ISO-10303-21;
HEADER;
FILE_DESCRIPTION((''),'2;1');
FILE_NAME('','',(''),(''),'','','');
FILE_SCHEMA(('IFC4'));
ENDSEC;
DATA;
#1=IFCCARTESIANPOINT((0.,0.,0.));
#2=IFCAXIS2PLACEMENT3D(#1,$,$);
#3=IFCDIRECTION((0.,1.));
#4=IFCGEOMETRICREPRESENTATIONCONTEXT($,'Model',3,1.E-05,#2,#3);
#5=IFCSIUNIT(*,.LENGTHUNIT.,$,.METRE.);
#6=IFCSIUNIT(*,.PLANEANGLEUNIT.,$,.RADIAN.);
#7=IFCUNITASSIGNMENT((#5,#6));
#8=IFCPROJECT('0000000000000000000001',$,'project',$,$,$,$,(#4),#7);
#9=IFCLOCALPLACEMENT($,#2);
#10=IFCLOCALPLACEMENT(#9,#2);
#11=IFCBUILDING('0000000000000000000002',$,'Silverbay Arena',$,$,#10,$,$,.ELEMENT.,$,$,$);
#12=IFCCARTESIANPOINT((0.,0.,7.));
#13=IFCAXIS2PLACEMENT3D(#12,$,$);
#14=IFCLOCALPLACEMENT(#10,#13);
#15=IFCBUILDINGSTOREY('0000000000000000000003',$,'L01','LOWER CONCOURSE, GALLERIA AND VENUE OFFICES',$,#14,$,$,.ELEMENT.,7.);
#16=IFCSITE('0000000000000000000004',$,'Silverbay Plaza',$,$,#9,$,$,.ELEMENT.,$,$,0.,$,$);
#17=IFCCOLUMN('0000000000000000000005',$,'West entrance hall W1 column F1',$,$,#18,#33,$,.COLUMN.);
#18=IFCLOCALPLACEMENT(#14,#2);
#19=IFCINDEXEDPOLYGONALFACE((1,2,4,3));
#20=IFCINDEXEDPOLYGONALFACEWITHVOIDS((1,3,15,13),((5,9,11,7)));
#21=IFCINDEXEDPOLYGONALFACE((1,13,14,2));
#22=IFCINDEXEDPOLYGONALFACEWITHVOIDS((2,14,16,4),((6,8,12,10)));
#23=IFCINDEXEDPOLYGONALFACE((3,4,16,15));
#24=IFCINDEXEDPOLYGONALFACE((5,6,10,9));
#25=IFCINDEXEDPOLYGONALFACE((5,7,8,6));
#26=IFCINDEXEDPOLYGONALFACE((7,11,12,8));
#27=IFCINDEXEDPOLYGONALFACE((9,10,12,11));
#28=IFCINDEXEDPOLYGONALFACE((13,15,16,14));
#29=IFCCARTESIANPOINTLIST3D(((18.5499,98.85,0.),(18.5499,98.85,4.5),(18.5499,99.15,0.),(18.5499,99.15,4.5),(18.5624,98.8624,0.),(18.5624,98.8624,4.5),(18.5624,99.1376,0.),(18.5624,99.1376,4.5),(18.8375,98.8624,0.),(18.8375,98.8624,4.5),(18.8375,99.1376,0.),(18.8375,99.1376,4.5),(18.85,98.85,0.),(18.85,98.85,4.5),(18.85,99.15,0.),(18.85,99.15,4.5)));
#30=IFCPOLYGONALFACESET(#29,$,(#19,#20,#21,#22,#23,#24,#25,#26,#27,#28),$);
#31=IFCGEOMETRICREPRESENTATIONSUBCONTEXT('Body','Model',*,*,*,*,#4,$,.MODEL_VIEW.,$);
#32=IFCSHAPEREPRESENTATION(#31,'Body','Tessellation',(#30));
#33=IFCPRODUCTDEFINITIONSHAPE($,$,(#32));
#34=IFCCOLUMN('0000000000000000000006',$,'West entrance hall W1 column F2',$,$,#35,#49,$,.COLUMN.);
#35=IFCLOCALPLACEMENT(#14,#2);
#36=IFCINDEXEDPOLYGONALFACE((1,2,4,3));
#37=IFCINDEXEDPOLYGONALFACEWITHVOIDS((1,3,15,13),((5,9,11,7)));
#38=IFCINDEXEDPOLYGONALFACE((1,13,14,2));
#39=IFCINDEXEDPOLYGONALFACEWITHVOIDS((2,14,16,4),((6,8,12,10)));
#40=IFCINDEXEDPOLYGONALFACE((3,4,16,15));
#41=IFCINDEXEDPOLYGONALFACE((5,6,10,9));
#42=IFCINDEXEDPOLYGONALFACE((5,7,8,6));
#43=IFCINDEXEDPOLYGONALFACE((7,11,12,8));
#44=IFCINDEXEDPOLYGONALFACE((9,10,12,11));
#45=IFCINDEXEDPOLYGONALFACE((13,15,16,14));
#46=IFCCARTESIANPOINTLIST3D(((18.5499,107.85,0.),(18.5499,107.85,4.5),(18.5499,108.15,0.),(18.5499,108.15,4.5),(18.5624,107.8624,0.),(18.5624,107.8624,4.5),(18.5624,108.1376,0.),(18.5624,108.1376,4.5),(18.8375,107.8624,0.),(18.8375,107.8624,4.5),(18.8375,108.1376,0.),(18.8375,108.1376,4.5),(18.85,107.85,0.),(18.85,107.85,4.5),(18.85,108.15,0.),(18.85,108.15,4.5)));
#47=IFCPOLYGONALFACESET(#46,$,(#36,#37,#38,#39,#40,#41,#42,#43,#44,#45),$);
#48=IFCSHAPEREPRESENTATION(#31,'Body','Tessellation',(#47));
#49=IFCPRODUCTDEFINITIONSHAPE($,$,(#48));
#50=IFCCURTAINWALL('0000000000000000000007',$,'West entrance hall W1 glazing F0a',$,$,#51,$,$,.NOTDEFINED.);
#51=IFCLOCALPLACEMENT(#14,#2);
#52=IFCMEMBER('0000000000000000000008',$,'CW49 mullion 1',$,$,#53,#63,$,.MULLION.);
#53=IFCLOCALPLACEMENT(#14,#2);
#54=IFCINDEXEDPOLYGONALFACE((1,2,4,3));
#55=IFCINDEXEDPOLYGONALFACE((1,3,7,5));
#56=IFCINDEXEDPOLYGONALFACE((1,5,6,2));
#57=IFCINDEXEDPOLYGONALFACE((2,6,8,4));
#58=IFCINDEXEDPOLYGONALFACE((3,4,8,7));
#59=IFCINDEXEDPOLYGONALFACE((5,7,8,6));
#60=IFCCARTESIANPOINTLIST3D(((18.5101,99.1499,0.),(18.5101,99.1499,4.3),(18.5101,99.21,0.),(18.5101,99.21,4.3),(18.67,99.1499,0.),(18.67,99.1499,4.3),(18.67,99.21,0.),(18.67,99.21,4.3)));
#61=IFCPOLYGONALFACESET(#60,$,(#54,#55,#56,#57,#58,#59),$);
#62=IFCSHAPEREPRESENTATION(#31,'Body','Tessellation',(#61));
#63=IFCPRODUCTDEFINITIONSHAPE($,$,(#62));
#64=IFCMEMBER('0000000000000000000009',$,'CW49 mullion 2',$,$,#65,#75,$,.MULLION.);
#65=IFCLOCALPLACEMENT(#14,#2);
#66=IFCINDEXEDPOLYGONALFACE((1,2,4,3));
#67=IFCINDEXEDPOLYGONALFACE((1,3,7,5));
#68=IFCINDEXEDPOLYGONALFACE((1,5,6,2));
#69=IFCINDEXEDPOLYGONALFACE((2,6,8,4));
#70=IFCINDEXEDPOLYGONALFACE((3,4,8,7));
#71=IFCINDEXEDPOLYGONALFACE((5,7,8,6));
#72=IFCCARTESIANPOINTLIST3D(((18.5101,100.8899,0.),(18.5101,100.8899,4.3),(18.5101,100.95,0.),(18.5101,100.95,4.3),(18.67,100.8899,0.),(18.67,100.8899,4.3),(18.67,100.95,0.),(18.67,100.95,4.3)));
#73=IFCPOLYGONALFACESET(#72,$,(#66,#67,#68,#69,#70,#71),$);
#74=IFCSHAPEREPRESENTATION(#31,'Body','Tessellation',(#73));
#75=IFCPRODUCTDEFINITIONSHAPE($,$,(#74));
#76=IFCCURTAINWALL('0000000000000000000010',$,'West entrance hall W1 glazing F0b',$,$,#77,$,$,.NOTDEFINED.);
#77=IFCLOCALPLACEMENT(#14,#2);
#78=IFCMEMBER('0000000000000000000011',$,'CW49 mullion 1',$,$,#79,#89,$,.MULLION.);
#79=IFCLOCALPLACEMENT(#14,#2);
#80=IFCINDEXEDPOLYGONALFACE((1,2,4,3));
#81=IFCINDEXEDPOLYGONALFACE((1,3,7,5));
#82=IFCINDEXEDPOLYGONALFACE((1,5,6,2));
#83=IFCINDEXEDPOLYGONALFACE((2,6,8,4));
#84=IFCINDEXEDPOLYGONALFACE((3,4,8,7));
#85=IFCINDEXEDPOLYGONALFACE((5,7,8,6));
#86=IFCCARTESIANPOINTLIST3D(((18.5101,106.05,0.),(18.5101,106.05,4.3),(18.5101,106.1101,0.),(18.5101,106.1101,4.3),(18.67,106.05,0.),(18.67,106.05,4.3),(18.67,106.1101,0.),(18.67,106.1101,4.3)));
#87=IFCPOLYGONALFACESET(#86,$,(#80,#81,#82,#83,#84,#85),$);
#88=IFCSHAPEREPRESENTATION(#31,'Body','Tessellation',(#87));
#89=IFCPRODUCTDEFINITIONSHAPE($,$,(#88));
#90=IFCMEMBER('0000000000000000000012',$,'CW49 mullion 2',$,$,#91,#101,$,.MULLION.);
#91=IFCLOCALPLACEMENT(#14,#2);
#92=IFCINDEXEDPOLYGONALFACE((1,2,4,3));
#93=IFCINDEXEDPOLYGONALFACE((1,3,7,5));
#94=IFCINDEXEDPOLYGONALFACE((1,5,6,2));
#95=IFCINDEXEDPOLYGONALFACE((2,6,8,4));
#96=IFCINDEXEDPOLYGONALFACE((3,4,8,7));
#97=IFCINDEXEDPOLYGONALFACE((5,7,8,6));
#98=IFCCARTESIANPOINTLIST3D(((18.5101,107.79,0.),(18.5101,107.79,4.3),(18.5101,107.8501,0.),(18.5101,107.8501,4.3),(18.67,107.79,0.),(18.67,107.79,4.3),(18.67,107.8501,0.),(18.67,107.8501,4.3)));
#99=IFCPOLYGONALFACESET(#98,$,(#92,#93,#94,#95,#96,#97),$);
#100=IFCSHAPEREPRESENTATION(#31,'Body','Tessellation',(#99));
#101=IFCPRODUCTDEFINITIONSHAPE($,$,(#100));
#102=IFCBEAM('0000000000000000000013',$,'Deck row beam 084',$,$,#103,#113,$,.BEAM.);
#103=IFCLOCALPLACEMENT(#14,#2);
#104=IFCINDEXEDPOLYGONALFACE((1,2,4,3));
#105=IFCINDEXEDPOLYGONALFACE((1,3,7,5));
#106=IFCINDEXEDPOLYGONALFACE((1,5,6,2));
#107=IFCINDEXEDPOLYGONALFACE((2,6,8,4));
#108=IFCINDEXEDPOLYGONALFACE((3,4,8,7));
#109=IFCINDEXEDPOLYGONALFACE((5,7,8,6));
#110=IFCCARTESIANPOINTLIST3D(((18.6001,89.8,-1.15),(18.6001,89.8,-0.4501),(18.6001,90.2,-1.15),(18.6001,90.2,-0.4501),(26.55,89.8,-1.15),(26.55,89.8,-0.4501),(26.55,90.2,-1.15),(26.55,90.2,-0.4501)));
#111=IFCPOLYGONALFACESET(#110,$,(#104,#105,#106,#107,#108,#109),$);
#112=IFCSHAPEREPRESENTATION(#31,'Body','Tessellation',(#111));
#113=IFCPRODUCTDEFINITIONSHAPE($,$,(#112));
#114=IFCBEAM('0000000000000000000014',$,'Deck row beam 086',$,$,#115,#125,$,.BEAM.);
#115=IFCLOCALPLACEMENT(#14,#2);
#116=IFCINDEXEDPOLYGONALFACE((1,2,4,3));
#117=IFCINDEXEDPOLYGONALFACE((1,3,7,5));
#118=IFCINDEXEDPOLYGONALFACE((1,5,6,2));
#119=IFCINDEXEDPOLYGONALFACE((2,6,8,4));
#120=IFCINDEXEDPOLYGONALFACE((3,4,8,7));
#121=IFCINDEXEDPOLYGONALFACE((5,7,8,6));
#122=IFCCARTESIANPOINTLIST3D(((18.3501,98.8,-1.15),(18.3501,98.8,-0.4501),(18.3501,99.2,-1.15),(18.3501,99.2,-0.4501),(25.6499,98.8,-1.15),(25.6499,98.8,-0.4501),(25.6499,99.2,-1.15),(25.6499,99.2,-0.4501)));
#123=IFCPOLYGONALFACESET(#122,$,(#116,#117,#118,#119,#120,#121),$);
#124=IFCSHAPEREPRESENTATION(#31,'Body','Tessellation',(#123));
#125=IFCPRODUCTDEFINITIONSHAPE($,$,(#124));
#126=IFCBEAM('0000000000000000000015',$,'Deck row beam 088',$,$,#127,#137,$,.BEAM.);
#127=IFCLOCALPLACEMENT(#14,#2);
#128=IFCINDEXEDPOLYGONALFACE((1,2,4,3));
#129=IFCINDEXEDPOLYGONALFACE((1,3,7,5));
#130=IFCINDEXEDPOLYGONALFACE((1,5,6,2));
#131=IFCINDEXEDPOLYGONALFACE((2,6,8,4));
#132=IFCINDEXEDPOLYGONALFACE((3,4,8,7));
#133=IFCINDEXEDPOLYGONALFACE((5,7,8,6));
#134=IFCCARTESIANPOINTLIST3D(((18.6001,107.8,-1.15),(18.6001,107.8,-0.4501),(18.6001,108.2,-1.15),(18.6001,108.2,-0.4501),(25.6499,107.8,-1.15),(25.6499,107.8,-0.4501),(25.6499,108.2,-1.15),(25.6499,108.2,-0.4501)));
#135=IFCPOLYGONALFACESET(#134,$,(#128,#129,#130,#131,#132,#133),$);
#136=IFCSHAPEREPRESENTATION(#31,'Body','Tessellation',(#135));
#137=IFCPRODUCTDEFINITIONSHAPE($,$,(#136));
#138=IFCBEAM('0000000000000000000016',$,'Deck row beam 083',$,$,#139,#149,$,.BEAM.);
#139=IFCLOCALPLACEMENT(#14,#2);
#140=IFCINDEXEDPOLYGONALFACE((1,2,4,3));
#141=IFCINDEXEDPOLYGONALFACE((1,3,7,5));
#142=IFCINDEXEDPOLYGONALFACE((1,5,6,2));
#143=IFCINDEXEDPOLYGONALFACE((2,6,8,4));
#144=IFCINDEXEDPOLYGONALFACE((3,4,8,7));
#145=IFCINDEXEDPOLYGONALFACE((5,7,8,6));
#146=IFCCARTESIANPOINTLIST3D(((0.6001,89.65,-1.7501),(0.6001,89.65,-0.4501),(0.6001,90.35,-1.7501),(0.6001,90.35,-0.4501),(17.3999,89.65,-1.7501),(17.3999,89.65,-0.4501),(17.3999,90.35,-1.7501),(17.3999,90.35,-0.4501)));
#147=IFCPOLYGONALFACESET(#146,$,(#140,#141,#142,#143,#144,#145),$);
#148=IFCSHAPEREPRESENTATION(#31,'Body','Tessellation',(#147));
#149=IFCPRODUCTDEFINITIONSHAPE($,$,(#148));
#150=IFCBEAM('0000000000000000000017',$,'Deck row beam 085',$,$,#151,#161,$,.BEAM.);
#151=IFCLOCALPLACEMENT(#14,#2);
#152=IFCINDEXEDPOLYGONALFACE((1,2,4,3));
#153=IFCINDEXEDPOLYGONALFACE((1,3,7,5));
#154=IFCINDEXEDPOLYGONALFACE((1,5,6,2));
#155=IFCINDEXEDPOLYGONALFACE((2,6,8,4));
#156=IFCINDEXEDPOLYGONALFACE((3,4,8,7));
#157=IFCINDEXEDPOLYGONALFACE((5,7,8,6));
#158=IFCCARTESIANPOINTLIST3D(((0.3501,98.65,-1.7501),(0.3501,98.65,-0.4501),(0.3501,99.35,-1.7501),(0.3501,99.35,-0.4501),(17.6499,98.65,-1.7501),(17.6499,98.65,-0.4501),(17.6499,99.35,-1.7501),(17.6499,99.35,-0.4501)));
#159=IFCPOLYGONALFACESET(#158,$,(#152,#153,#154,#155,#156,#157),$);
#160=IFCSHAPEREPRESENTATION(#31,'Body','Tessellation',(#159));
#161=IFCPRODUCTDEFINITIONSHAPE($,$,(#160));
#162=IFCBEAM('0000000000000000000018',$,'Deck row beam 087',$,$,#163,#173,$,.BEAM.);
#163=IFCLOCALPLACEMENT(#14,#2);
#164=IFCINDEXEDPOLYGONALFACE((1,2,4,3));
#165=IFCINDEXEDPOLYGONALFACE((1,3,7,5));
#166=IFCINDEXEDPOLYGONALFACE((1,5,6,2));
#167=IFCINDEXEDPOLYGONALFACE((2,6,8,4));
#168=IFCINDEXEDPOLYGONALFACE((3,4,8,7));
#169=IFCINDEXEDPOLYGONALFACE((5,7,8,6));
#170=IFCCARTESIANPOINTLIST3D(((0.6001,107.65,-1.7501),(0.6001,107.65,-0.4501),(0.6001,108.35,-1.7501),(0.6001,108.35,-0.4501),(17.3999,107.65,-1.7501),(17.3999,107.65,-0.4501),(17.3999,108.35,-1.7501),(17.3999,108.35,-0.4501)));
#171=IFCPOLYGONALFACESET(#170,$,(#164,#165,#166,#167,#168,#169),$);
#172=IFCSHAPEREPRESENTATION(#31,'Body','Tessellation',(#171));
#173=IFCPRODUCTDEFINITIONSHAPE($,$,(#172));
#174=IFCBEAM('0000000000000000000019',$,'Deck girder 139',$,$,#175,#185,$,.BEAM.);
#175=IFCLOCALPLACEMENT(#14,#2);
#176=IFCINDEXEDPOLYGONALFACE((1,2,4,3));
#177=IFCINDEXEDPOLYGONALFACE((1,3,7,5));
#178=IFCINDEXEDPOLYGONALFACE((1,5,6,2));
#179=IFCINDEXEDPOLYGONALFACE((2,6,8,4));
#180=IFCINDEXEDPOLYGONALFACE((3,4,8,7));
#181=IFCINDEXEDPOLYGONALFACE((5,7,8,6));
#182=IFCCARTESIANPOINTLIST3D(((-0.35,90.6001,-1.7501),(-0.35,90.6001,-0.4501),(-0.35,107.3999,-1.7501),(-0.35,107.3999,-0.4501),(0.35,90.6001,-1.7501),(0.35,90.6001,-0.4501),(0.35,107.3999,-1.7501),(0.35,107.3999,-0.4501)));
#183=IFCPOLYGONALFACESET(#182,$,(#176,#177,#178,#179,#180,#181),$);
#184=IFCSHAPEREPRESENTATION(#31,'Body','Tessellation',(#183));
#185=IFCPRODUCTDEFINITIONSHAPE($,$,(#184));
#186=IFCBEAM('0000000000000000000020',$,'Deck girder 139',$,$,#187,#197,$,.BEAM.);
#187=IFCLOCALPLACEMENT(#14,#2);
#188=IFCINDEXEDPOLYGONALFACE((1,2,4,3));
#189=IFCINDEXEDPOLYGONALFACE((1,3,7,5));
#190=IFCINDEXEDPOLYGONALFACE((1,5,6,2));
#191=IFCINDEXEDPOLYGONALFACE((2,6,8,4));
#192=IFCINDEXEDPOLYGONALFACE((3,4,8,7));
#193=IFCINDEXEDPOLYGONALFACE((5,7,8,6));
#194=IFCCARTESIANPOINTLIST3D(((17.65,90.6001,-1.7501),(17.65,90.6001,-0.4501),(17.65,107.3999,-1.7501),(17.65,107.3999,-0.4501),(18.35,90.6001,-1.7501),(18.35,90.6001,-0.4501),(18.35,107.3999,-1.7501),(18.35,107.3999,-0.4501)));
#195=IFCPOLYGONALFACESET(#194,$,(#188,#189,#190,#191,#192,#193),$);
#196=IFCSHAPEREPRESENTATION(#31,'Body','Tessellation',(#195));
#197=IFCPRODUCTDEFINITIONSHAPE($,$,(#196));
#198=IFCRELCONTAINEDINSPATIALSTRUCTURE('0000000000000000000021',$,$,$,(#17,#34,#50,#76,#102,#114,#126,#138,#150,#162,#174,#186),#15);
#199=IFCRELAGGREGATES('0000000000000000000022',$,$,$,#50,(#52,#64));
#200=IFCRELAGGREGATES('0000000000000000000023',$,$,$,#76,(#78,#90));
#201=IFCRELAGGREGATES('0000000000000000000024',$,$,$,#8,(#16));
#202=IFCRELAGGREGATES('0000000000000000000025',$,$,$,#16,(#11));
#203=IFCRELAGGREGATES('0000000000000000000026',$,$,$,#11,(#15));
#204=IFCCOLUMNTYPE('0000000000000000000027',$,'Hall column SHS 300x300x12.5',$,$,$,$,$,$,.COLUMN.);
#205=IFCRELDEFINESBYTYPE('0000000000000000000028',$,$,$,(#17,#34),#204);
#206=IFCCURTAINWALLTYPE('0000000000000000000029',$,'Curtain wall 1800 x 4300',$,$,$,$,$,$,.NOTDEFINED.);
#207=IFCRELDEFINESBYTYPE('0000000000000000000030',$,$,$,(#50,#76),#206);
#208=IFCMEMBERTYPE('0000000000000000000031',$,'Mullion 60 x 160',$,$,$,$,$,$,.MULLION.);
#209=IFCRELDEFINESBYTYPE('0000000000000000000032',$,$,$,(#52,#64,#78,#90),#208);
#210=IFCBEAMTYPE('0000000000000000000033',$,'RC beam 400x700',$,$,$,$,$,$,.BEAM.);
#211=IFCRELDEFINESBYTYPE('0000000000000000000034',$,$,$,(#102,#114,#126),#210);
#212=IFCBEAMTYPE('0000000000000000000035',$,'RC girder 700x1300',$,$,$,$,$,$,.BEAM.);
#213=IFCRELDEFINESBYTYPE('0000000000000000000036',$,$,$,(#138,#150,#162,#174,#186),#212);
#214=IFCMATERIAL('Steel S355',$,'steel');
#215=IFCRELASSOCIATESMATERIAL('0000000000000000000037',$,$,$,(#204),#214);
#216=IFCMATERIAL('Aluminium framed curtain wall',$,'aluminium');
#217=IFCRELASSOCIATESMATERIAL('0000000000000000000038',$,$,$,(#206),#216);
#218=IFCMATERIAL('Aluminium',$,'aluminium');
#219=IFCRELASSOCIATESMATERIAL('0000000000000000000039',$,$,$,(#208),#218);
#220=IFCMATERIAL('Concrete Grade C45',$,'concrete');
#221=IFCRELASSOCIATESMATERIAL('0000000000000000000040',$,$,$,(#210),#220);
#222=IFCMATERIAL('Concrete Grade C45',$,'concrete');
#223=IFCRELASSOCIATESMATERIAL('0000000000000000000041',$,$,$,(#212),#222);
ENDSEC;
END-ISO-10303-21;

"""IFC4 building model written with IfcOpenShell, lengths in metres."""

from ifc_helpers import new_model, si_unit, direction, frame, origin, origin_2d, place, context, subcontext, project, spatial, rectangle, hollow_rectangle, extrude, material, material_profile, profile_set, type_object, element, aggregate, save


model = new_model("IFC4")

# Units and contexts
model_context = context("Model", 3, precision=1e-05, world=origin(), true_north=direction((0.0, 1.0)))
body_context = subcontext(model_context, "Body", "Model", "MODEL_VIEW")
ifc_project = project(units=[si_unit("LENGTHUNIT", "METRE"), si_unit("PLANEANGLEUNIT", "RADIAN")], contexts=[model_context])

# Site, building, storey
site_placement = place(None, origin())
site = spatial("IfcSite", under=ifc_project, at=site_placement, Name="Silverbay Plaza", CompositionType="ELEMENT", RefElevation=0.0)
building_placement = place(site_placement, origin())
building = spatial("IfcBuilding", under=site, at=building_placement, Name="Silverbay Arena", CompositionType="ELEMENT")
storey_placement = place(building_placement, frame((0.0, 0.0, 7.0)))
storey = spatial("IfcBuildingStorey", under=building, at=storey_placement, Name="L01", Description="LOWER CONCOURSE, GALLERIA AND VENUE OFFICES", CompositionType="ELEMENT", Elevation=7.0)

# Columns
ifc_material_1 = material(Name="Steel S355", Category="steel")
ifc_material_profile_1 = material_profile(ifc_material_1, hollow_rectangle(XDim=0.3, YDim=0.3, WallThickness=0.0125, at=origin_2d()), Name="SHS 300x300x12.5")
ifc_profile_set_1 = profile_set([ifc_material_profile_1], Name="Steel S355")
column_type = type_object("IfcColumnType", Name="Hall column SHS 300x300x12.5", PredefinedType="COLUMN", material=ifc_profile_set_1)
for number, where, z_axis, x_axis, name in (
    (1, (18.7, 99.0, 0.0), (0.0, 0.0, 1.0), (1.0, 0.0, 0.0), "West entrance hall W1 column F1"),
    (2, (18.7, 108.0, 0.0), (0.0, 0.0, 1.0), (1.0, 0.0, 0.0), "West entrance hall W1 column F2"),
):
    element("IfcColumn", number, at=place(storey_placement, frame(where, z_axis=z_axis, x_axis=x_axis)), inside=storey, type_object=column_type, Name=name, PredefinedType="COLUMN", context=body_context, shape_type="SweptSolid", body=[
        extrude(hollow_rectangle(XDim=0.3, YDim=0.3, WallThickness=0.0125, at=origin_2d()), origin(), (0.0, 0.0, 1.0), 4.5),
    ])

# Curtain walls, members
ifc_material_2 = material(Name="Aluminium framed curtain wall", Category="aluminium")
curtain_wall_type = type_object("IfcCurtainWallType", Name="Curtain wall 1800 x 4300", PredefinedType="NOTDEFINED", material=ifc_material_2)
curtain_wall_1_placement = place(storey_placement, origin())
curtain_wall_1 = element("IfcCurtainWall", 3, at=curtain_wall_1_placement, inside=storey, type_object=curtain_wall_type, Name="West entrance hall W1 glazing F0a", PredefinedType="NOTDEFINED")
ifc_material_3 = material(Name="Aluminium", Category="aluminium")
ifc_material_profile_2 = material_profile(ifc_material_3, rectangle(XDim=0.1599, YDim=0.0601, at=origin_2d()), Name="Mullion 60 x 160")
ifc_profile_set_2 = profile_set([ifc_material_profile_2], Name="Aluminium")
member_type_1 = type_object("IfcMemberType", Name="Mullion 60 x 160", PredefinedType="MULLION", material=ifc_profile_set_2)
member_1_placement = place(storey_placement, frame((18.5901, 99.1799, 0.0), z_axis=(0.0, 0.0, 1.0), x_axis=(-1.0, 0.0, 0.0)))
member_1 = element("IfcMember", 4, at=member_1_placement, type_object=member_type_1, Name="CW49 mullion 1", PredefinedType="MULLION", context=body_context, shape_type="SweptSolid", body=[
    extrude(rectangle(XDim=0.1599, YDim=0.0601, at=origin_2d()), origin(), (0.0, 0.0, 1.0), 4.3),
])
member_2_placement = place(storey_placement, frame((18.5901, 100.9199, 0.0), z_axis=(0.0, 0.0, 1.0), x_axis=(-1.0, 0.0, 0.0)))
member_2 = element("IfcMember", 5, at=member_2_placement, type_object=member_type_1, Name="CW49 mullion 2", PredefinedType="MULLION", context=body_context, shape_type="SweptSolid", body=[
    extrude(rectangle(XDim=0.1599, YDim=0.0601, at=origin_2d()), origin(), (0.0, 0.0, 1.0), 4.3),
])
curtain_wall_2_placement = place(storey_placement, origin())
curtain_wall_2 = element("IfcCurtainWall", 6, at=curtain_wall_2_placement, inside=storey, type_object=curtain_wall_type, Name="West entrance hall W1 glazing F0b", PredefinedType="NOTDEFINED")
member_3_placement = place(storey_placement, frame((18.5901, 106.0801, 0.0), z_axis=(0.0, 0.0, 1.0), x_axis=(-1.0, 0.0, 0.0)))
member_3 = element("IfcMember", 7, at=member_3_placement, type_object=member_type_1, Name="CW49 mullion 1", PredefinedType="MULLION", context=body_context, shape_type="SweptSolid", body=[
    extrude(rectangle(XDim=0.1599, YDim=0.0601, at=origin_2d()), origin(), (0.0, 0.0, 1.0), 4.3),
])
member_4_placement = place(storey_placement, frame((18.5901, 107.8201, 0.0), z_axis=(0.0, 0.0, 1.0), x_axis=(-1.0, 0.0, 0.0)))
member_4 = element("IfcMember", 8, at=member_4_placement, type_object=member_type_1, Name="CW49 mullion 2", PredefinedType="MULLION", context=body_context, shape_type="SweptSolid", body=[
    extrude(rectangle(XDim=0.1599, YDim=0.0601, at=origin_2d()), origin(), (0.0, 0.0, 1.0), 4.3),
])

# Beams
ifc_material_4 = material(Name="Concrete Grade C45", Category="concrete")
ifc_material_profile_3 = material_profile(ifc_material_4, rectangle(XDim=0.3999, YDim=0.7, at=origin_2d()), Name="RC 400x700")
ifc_profile_set_3 = profile_set([ifc_material_profile_3], Name="Concrete Grade C45")
beam_type_1 = type_object("IfcBeamType", Name="RC beam 400x700", PredefinedType="BEAM", material=ifc_profile_set_3)
beam_1_placement = place(storey_placement, frame((18.6001, 90.0, -0.8), z_axis=(1.0, 0.0, 0.0), x_axis=(0.0, 1.0, 0.0)))
element("IfcBeam", 9, at=beam_1_placement, inside=storey, type_object=beam_type_1, Name="Deck row beam 084", PredefinedType="BEAM", context=body_context, shape_type="SweptSolid", body=[
    extrude(rectangle(XDim=0.3999, YDim=0.7, at=origin_2d()), origin(), (0.0, 0.0, 1.0), 7.95),
])
beam_2_placement = place(storey_placement, frame((18.3501, 99.0, -0.8), z_axis=(1.0, 0.0, 0.0), x_axis=(0.0, 1.0, 0.0)))
element("IfcBeam", 10, at=beam_2_placement, inside=storey, type_object=beam_type_1, Name="Deck row beam 086", PredefinedType="BEAM", context=body_context, shape_type="SweptSolid", body=[
    extrude(rectangle(XDim=0.3999, YDim=0.7, at=origin_2d()), origin(), (0.0, 0.0, 1.0), 7.2998),
])
beam_3_placement = place(storey_placement, frame((18.6001, 108.0, -0.8), z_axis=(1.0, 0.0, 0.0), x_axis=(0.0, 1.0, 0.0)))
element("IfcBeam", 11, at=beam_3_placement, inside=storey, type_object=beam_type_1, Name="Deck row beam 088", PredefinedType="BEAM", context=body_context, shape_type="SweptSolid", body=[
    extrude(rectangle(XDim=0.3999, YDim=0.7, at=origin_2d()), origin(), (0.0, 0.0, 1.0), 7.0498),
])
ifc_material_5 = material(Name="Concrete Grade C45", Category="concrete")
ifc_material_profile_4 = material_profile(ifc_material_5, rectangle(XDim=0.7, YDim=1.3, at=origin_2d()), Name="RC 700x1300")
ifc_profile_set_4 = profile_set([ifc_material_profile_4], Name="Concrete Grade C45")
beam_type_2 = type_object("IfcBeamType", Name="RC girder 700x1300", PredefinedType="BEAM", material=ifc_profile_set_4)
beam_4_placement = place(storey_placement, frame((0.6001, 90.0, -1.1001), z_axis=(1.0, 0.0, 0.0), x_axis=(0.0, 1.0, 0.0)))
element("IfcBeam", 12, at=beam_4_placement, inside=storey, type_object=beam_type_2, Name="Deck row beam 083", PredefinedType="BEAM", context=body_context, shape_type="SweptSolid", body=[
    extrude(rectangle(XDim=0.7, YDim=1.3, at=origin_2d()), origin(), (0.0, 0.0, 1.0), 16.7998),
])
beam_5_placement = place(storey_placement, frame((0.3501, 99.0, -1.1001), z_axis=(1.0, 0.0, 0.0), x_axis=(0.0, 1.0, 0.0)))
element("IfcBeam", 13, at=beam_5_placement, inside=storey, type_object=beam_type_2, Name="Deck row beam 085", PredefinedType="BEAM", context=body_context, shape_type="SweptSolid", body=[
    extrude(rectangle(XDim=0.7, YDim=1.3, at=origin_2d()), origin(), (0.0, 0.0, 1.0), 17.2998),
])
for number, where, z_axis, x_axis, name in (
    (14, (0.6001, 108.0, -1.1001), (1.0, 0.0, 0.0), (0.0, 1.0, 0.0), "Deck row beam 087"),
    (15, (0.0, 90.6001, -1.1001), (0.0, 1.0, 0.0), (-1.0, 0.0, 0.0), "Deck girder 139"),
    (16, (18.0, 90.6001, -1.1001), (0.0, 1.0, 0.0), (-1.0, 0.0, 0.0), "Deck girder 139"),
):
    element("IfcBeam", number, at=place(storey_placement, frame(where, z_axis=z_axis, x_axis=x_axis)), inside=storey, type_object=beam_type_2, Name=name, PredefinedType="BEAM", context=body_context, shape_type="SweptSolid", body=[
        extrude(rectangle(XDim=0.7, YDim=1.3, at=origin_2d()), origin(), (0.0, 0.0, 1.0), 16.7998),
    ])

aggregate(curtain_wall_1, [member_1, member_2])
aggregate(curtain_wall_2, [member_3, member_4])

save(model, "model.ifc")
